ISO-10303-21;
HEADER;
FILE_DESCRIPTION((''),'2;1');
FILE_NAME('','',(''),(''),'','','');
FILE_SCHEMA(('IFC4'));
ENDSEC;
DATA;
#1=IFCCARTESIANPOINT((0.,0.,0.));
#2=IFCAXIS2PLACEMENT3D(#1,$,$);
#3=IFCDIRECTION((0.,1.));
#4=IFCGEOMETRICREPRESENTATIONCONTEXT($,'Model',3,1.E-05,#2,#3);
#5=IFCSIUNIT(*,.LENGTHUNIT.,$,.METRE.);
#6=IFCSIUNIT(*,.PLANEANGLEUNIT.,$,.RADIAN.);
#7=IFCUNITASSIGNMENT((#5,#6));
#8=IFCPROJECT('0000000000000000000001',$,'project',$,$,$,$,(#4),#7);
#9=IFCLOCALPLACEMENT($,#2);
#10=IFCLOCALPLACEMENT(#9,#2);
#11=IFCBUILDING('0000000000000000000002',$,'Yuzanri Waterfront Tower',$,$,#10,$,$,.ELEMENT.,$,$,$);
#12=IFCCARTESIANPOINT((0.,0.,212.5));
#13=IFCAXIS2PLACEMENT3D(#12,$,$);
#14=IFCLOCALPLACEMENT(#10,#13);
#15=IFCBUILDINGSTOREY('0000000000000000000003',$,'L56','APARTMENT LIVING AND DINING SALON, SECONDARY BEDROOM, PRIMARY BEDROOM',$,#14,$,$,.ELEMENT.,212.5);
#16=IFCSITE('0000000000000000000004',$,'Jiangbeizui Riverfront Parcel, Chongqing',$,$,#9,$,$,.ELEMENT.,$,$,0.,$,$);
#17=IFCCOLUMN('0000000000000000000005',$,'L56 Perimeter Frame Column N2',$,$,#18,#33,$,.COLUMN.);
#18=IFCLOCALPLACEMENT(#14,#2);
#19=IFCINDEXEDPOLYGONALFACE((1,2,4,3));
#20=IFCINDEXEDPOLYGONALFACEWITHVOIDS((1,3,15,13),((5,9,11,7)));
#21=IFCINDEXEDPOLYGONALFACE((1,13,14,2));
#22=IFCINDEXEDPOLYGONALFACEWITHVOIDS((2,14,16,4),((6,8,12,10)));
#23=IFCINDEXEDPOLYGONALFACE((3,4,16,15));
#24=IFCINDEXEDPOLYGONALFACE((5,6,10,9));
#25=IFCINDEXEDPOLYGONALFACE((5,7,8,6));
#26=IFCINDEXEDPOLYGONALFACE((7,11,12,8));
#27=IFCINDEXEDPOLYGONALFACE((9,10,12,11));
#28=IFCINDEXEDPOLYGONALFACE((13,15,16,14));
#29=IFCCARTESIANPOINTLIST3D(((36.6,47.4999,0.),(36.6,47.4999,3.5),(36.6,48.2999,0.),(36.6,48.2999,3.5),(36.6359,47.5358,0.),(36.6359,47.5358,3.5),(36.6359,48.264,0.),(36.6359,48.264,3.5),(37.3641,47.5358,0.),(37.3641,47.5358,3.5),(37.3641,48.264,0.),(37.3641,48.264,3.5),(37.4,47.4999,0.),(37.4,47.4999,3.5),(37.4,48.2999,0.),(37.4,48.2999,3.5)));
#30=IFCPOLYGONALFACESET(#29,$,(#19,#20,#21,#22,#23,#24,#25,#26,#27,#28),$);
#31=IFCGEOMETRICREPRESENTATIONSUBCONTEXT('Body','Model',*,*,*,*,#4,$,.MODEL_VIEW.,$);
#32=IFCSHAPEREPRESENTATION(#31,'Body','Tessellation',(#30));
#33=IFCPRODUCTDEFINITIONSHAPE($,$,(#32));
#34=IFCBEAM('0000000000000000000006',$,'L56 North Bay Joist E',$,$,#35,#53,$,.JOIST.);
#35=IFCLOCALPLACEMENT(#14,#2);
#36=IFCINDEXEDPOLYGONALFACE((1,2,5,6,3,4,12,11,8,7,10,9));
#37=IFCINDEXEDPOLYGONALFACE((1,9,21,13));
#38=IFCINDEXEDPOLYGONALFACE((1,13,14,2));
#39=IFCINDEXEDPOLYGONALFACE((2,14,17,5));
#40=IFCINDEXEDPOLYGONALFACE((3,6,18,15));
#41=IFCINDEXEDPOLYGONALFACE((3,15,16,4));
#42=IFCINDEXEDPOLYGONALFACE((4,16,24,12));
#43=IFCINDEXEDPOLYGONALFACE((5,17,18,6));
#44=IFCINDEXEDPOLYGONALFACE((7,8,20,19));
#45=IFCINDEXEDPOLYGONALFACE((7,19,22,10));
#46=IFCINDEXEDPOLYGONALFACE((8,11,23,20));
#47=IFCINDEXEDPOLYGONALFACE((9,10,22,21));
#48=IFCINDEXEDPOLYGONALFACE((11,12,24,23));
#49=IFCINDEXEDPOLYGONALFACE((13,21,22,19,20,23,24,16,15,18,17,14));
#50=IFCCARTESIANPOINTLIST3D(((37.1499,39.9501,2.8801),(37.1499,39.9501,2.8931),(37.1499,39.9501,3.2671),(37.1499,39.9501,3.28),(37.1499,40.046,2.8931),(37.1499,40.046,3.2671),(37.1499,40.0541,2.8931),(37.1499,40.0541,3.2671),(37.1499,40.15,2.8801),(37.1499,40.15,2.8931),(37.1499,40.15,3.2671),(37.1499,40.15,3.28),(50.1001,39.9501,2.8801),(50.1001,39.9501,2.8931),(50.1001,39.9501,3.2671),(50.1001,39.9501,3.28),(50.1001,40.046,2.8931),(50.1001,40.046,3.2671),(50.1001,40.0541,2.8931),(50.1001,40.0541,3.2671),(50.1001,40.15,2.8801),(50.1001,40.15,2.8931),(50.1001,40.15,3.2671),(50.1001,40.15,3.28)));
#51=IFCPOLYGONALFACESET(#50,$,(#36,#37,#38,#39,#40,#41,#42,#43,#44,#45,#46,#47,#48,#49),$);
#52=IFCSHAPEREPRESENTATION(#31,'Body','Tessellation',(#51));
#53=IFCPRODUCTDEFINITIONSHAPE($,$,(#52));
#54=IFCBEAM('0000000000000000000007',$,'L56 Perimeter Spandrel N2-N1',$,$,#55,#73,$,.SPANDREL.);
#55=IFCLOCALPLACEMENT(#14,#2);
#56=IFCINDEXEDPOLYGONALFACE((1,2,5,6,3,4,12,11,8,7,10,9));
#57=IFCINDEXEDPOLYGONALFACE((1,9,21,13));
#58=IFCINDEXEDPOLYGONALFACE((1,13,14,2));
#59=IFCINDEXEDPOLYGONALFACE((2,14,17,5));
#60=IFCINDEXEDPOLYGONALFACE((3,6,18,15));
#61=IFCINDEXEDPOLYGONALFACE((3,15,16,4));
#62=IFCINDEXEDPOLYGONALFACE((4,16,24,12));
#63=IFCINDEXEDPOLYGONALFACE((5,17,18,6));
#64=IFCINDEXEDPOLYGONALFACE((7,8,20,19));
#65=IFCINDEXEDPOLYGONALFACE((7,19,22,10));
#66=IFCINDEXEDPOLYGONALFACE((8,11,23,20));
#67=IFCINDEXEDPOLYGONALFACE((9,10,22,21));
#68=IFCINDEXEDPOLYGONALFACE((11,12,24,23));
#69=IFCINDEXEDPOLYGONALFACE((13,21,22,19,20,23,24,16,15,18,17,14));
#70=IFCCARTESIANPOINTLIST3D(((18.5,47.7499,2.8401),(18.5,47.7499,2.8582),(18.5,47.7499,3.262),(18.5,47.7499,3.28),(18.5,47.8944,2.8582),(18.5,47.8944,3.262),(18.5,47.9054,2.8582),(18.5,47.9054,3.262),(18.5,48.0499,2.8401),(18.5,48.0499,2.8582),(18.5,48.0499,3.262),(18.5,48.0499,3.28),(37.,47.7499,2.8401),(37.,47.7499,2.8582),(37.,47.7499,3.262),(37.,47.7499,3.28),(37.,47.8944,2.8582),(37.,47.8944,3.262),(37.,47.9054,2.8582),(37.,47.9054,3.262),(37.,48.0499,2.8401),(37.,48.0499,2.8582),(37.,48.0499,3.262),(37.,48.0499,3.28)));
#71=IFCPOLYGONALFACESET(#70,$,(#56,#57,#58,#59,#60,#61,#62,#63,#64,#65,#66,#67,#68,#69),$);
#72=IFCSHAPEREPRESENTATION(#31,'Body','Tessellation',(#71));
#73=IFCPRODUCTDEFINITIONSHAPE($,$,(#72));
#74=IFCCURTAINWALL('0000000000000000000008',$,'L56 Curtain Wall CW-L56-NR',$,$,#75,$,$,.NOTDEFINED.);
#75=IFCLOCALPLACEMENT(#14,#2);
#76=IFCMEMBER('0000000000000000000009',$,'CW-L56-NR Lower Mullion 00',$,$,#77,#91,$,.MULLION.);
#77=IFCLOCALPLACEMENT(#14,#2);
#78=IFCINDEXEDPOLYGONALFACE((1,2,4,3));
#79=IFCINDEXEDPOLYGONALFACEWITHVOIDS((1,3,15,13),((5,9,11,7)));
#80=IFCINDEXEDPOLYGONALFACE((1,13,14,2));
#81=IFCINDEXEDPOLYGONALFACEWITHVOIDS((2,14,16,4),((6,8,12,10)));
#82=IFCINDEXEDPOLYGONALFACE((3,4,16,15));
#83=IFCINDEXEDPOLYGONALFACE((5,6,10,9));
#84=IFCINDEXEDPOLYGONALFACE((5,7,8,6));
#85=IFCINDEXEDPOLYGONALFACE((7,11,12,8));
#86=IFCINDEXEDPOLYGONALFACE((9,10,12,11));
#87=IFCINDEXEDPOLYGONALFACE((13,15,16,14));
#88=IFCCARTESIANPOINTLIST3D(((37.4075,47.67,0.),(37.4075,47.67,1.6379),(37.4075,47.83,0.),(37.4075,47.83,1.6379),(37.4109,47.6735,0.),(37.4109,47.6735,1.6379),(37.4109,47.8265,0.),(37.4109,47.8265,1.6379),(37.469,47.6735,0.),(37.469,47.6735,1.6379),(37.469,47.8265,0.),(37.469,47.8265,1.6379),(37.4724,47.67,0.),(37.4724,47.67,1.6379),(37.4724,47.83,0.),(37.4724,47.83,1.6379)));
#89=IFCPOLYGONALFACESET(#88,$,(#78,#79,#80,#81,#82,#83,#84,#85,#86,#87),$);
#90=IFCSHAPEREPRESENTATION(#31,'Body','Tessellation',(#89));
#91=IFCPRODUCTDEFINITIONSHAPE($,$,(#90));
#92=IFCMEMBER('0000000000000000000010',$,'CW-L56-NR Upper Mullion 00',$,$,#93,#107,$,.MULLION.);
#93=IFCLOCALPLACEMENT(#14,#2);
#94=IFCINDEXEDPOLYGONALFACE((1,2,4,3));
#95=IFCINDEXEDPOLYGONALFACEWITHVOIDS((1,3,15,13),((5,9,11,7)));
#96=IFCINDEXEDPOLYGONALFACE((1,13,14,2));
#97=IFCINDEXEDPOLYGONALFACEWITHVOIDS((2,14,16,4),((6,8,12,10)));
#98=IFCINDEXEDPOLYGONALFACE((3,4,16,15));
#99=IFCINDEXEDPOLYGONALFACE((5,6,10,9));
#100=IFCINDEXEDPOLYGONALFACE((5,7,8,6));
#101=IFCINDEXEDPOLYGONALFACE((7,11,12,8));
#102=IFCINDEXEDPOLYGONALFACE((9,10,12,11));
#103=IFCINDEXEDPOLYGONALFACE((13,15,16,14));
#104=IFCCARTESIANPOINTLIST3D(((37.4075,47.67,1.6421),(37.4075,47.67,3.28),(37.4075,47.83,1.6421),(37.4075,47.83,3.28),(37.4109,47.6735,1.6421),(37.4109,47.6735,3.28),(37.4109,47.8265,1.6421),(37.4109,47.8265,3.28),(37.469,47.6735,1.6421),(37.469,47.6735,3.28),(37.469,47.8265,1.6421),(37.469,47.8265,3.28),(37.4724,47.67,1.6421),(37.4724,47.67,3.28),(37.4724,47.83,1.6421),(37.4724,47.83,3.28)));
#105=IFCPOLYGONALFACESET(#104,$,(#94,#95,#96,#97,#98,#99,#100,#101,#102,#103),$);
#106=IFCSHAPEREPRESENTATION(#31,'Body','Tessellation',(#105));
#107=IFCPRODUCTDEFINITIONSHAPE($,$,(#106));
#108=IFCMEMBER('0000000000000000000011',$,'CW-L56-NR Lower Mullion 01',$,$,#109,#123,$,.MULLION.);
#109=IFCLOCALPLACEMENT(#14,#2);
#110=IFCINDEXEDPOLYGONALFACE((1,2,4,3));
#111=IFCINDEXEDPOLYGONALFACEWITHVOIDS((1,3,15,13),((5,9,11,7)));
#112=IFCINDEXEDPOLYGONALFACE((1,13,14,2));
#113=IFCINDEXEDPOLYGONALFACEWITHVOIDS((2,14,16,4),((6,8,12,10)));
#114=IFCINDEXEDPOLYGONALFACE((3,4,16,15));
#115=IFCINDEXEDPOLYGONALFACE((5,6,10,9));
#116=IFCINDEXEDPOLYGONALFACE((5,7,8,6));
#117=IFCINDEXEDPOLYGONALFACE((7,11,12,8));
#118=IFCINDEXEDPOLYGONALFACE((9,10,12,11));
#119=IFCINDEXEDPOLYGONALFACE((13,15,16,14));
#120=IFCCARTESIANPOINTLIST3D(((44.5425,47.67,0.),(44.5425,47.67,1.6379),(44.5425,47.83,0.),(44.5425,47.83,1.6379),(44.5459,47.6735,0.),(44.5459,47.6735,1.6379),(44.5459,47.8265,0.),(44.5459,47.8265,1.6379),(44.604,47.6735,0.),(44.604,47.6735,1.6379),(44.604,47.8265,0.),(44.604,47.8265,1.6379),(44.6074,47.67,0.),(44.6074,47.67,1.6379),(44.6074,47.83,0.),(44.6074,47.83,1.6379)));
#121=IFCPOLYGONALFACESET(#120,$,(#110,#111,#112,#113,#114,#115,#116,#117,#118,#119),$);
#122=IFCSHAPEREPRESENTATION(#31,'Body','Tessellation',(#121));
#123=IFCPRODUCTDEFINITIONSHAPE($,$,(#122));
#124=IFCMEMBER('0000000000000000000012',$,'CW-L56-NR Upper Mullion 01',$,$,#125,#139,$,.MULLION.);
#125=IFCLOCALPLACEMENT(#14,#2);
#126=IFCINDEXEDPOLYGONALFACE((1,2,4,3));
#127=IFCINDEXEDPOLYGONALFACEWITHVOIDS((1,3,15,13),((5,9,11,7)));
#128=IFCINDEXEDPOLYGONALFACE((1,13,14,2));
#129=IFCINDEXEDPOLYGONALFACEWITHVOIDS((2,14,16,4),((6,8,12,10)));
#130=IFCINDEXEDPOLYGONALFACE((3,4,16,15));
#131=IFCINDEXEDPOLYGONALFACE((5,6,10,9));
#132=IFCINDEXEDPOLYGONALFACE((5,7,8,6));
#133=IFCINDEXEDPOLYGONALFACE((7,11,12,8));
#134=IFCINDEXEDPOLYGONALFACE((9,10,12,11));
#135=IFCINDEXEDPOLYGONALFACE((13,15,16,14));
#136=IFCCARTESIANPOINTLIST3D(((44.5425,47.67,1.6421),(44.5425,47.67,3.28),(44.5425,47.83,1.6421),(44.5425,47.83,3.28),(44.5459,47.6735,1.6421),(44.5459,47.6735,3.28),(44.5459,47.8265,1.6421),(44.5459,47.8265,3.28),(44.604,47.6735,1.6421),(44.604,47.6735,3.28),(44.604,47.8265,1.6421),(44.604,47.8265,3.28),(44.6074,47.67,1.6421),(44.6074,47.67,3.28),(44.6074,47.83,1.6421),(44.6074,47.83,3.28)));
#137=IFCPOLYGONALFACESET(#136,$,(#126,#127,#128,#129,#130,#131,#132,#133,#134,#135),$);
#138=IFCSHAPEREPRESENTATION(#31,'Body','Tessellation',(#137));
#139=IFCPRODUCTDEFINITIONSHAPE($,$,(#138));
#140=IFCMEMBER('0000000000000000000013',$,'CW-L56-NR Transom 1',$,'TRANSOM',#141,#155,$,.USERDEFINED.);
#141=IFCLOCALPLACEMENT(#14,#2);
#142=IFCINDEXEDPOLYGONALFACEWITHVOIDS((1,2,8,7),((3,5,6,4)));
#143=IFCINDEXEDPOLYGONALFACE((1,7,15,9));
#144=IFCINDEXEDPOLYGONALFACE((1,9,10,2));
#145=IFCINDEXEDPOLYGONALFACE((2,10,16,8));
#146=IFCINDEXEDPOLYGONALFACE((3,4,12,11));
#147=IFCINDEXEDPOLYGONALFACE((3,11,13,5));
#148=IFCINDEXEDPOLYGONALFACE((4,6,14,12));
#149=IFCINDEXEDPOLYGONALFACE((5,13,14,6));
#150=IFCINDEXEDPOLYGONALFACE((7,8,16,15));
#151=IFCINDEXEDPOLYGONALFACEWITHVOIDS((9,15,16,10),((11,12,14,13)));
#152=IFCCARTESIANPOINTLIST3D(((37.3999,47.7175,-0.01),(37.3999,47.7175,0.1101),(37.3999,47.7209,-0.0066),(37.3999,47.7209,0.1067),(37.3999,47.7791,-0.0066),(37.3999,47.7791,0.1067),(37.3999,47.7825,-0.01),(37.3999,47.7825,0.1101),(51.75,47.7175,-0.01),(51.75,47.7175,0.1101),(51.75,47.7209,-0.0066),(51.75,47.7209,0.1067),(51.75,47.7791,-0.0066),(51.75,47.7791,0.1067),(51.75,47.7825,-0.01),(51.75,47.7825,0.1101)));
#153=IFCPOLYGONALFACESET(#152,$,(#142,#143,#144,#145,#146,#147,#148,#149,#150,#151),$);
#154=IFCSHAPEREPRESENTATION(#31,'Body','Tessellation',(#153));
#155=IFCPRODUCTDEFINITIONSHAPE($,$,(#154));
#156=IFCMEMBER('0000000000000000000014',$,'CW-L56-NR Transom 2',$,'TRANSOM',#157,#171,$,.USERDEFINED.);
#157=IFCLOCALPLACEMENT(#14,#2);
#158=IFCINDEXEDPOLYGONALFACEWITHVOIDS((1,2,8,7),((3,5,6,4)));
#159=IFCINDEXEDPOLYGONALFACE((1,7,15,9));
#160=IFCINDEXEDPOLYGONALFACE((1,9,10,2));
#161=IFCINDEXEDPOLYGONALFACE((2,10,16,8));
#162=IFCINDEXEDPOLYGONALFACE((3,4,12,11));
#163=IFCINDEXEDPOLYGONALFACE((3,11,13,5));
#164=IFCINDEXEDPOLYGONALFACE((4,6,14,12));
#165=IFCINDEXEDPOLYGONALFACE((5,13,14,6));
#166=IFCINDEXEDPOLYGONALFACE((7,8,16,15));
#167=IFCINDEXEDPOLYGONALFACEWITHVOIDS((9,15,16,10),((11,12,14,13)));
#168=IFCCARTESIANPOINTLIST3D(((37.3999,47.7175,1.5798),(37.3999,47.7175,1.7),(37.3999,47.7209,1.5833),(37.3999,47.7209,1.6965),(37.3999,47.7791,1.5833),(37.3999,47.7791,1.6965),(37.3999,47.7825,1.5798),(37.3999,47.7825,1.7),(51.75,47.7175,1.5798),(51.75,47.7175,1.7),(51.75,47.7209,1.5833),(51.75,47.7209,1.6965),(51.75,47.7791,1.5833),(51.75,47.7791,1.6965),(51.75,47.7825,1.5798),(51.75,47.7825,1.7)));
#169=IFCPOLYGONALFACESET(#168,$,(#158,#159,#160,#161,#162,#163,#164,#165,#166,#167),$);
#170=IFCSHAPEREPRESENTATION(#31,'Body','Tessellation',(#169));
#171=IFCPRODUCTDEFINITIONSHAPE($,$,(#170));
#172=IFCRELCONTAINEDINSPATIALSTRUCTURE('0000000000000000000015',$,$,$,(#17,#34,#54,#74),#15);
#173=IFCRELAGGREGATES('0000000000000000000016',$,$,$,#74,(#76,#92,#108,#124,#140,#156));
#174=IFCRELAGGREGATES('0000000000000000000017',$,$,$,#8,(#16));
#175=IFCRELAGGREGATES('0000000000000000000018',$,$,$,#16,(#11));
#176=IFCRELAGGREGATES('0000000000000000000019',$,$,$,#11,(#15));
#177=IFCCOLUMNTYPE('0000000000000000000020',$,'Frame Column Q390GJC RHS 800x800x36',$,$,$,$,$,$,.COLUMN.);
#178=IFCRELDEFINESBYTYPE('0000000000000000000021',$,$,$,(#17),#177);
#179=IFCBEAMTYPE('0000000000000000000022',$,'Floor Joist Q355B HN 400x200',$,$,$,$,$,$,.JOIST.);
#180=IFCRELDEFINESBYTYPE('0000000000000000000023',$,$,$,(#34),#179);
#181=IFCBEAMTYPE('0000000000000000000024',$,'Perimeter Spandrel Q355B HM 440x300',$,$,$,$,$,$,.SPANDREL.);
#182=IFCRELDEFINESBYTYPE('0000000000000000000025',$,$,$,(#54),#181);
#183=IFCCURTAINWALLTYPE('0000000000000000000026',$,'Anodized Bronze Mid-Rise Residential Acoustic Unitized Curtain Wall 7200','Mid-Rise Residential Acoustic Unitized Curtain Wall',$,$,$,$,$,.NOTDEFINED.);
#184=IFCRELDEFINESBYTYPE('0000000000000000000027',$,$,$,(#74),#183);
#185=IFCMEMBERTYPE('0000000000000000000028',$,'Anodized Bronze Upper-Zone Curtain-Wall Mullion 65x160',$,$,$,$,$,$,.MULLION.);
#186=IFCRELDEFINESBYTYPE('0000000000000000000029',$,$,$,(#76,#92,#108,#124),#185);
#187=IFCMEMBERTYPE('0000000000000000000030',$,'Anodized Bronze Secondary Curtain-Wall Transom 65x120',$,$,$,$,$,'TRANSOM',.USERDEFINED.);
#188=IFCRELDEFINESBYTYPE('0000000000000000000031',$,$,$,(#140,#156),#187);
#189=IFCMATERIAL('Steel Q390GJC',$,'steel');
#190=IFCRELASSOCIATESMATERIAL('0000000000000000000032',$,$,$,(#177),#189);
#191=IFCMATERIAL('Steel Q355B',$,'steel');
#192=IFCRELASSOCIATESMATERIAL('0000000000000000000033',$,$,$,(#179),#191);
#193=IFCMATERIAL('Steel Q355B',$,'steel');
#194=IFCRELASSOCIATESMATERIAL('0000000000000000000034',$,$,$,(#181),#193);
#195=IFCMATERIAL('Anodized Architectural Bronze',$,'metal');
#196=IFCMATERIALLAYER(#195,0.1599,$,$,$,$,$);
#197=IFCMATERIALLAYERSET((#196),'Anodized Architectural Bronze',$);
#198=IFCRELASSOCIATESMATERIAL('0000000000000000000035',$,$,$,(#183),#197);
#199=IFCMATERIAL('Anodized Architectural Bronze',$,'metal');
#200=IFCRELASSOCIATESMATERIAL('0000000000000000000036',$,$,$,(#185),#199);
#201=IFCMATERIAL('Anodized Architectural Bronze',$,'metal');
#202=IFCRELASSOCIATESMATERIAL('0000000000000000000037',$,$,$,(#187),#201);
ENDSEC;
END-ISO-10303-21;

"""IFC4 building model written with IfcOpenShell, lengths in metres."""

from ifc_helpers import new_model, si_unit, direction, frame, origin, origin_2d, place, context, subcontext, project, spatial, hollow_rectangle, i_section, extrude, source, transform, mapped, material, layer, layer_set, material_profile, profile_set, type_object, element, aggregate, save


model = new_model("IFC4")

# Units and contexts
model_context = context("Model", 3, precision=1e-05, world=origin(), true_north=direction((0.0, 1.0)))
body_context = subcontext(model_context, "Body", "Model", "MODEL_VIEW")
ifc_project = project(units=[si_unit("LENGTHUNIT", "METRE"), si_unit("PLANEANGLEUNIT", "RADIAN")], contexts=[model_context])

# Site, building, storey
site_placement = place(None, origin())
site = spatial("IfcSite", under=ifc_project, at=site_placement, Name="Jiangbeizui Riverfront Parcel, Chongqing", CompositionType="ELEMENT", RefElevation=0.0)
building_placement = place(site_placement, origin())
building = spatial("IfcBuilding", under=site, at=building_placement, Name="Yuzanri Waterfront Tower", CompositionType="ELEMENT")
storey_placement = place(building_placement, frame((0.0, 0.0, 212.5)))
storey = spatial("IfcBuildingStorey", under=building, at=storey_placement, Name="L56", Description="APARTMENT LIVING AND DINING SALON, SECONDARY BEDROOM, PRIMARY BEDROOM", CompositionType="ELEMENT", Elevation=212.5)

# Column
ifc_material_1 = material(Name="Steel Q390GJC", Category="steel")
ifc_material_profile_1 = material_profile(ifc_material_1, hollow_rectangle(XDim=0.8, YDim=0.8, WallThickness=0.0359, at=origin_2d()), Name="RHS 800x800x36")
ifc_profile_set_1 = profile_set([ifc_material_profile_1], Name="Steel Q390GJC")
column_type = type_object("IfcColumnType", Name="Frame Column Q390GJC RHS 800x800x36", PredefinedType="COLUMN", material=ifc_profile_set_1)
shared_shape_1 = source(origin(), body_context, "Body", "SweptSolid", [
    extrude(hollow_rectangle(XDim=0.8, YDim=0.8, WallThickness=0.0359, at=origin_2d()), origin(), (0.0, 0.0, 1.0), 3.5),
])
column_placement = place(storey_placement, frame((37.0, 47.8999, 0.0), z_axis=(0.0, 0.0, 1.0), x_axis=(1.0, 0.0, 0.0)))
element("IfcColumn", 1, at=column_placement, inside=storey, type_object=column_type, Name="L56 Perimeter Frame Column N2", PredefinedType="COLUMN", context=body_context, shape_type="MappedRepresentation", body=[
    mapped(shared_shape_1, transform((0.0, 0.0, 0.0), scale=1.0)),
])

# Beams
ifc_material_2 = material(Name="Steel Q355B", Category="steel")
ifc_material_profile_2 = material_profile(ifc_material_2, i_section(OverallWidth=0.2, OverallDepth=0.3999, WebThickness=0.0081, FlangeThickness=0.0129, at=origin_2d()), Name="HN 400x200x8x13")
ifc_profile_set_2 = profile_set([ifc_material_profile_2], Name="Steel Q355B")
beam_type_1 = type_object("IfcBeamType", Name="Floor Joist Q355B HN 400x200", PredefinedType="JOIST", material=ifc_profile_set_2)
shared_shape_2 = source(origin(), body_context, "Body", "SweptSolid", [
    extrude(i_section(OverallWidth=0.2, OverallDepth=0.3999, WebThickness=0.0081, FlangeThickness=0.0129, at=origin_2d()), origin(), (0.0, 0.0, 1.0), 12.9502),
])
beam_1_placement = place(storey_placement, frame((37.1499, 40.05, 3.0801), z_axis=(1.0, 0.0, 0.0), x_axis=(0.0, 1.0, 0.0)))
element("IfcBeam", 2, at=beam_1_placement, inside=storey, type_object=beam_type_1, Name="L56 North Bay Joist E", PredefinedType="JOIST", context=body_context, shape_type="MappedRepresentation", body=[
    mapped(shared_shape_2, transform((0.0, 0.0, 0.0), scale=1.0)),
])
ifc_material_3 = material(Name="Steel Q355B", Category="steel")
ifc_material_profile_3 = material_profile(ifc_material_3, i_section(OverallWidth=0.3, OverallDepth=0.4399, WebThickness=0.011, FlangeThickness=0.0181, at=origin_2d()), Name="HM 440x300x11x18")
ifc_profile_set_3 = profile_set([ifc_material_profile_3], Name="Steel Q355B")
beam_type_2 = type_object("IfcBeamType", Name="Perimeter Spandrel Q355B HM 440x300", PredefinedType="SPANDREL", material=ifc_profile_set_3)
shared_shape_3 = source(origin(), body_context, "Body", "SweptSolid", [
    extrude(i_section(OverallWidth=0.3, OverallDepth=0.4399, WebThickness=0.011, FlangeThickness=0.0181, at=origin_2d()), origin(), (0.0, 0.0, 1.0), 18.5),
])
beam_2_placement = place(storey_placement, frame((37.0, 47.8999, 3.0601), z_axis=(-1.0, 0.0, 0.0), x_axis=(0.0, -1.0, 0.0)))
element("IfcBeam", 3, at=beam_2_placement, inside=storey, type_object=beam_type_2, Name="L56 Perimeter Spandrel N2-N1", PredefinedType="SPANDREL", context=body_context, shape_type="MappedRepresentation", body=[
    mapped(shared_shape_3, transform((0.0, 0.0, 0.0), scale=1.0)),
])

# Curtain wall, members
ifc_material_4 = material(Name="Anodized Architectural Bronze", Category="metal")
ifc_layer_1 = layer(ifc_material_4, 0.1599)
ifc_layer_set_1 = layer_set([ifc_layer_1], Name="Anodized Architectural Bronze")
curtain_wall_type = type_object("IfcCurtainWallType", Name="Anodized Bronze Mid-Rise Residential Acoustic Unitized Curtain Wall 7200", Description="Mid-Rise Residential Acoustic Unitized Curtain Wall", PredefinedType="NOTDEFINED", material=ifc_layer_set_1)
curtain_wall_placement = place(storey_placement, origin())
curtain_wall = element("IfcCurtainWall", 4, at=curtain_wall_placement, inside=storey, type_object=curtain_wall_type, Name="L56 Curtain Wall CW-L56-NR", PredefinedType="NOTDEFINED")
ifc_material_5 = material(Name="Anodized Architectural Bronze", Category="metal")
ifc_material_profile_4 = material_profile(ifc_material_5, hollow_rectangle(XDim=0.0649, YDim=0.1599, WallThickness=0.0034, at=origin_2d()), Name="CWM 65x160")
ifc_profile_set_4 = profile_set([ifc_material_profile_4], Name="Anodized Architectural Bronze")
member_type_1 = type_object("IfcMemberType", Name="Anodized Bronze Upper-Zone Curtain-Wall Mullion 65x160", PredefinedType="MULLION", material=ifc_profile_set_4)
shared_shape_4 = source(origin(), body_context, "Body", "SweptSolid", [
    extrude(hollow_rectangle(XDim=0.0649, YDim=0.1599, WallThickness=0.0034, at=origin_2d()), origin(), (0.0, 0.0, 1.0), 1.6379),
])
member_1_placement = place(storey_placement, frame((37.4399, 47.75, 0.0), z_axis=(0.0, 0.0, 1.0), x_axis=(1.0, 0.0, 0.0)))
member_1 = element("IfcMember", 5, at=member_1_placement, type_object=member_type_1, Name="CW-L56-NR Lower Mullion 00", PredefinedType="MULLION", context=body_context, shape_type="MappedRepresentation", body=[
    mapped(shared_shape_4, transform((0.0, 0.0, 0.0), scale=1.0)),
])
member_2_placement = place(storey_placement, frame((37.4399, 47.75, 1.6421), z_axis=(0.0, 0.0, 1.0), x_axis=(1.0, 0.0, 0.0)))
member_2 = element("IfcMember", 6, at=member_2_placement, type_object=member_type_1, Name="CW-L56-NR Upper Mullion 00", PredefinedType="MULLION", context=body_context, shape_type="MappedRepresentation", body=[
    mapped(shared_shape_4, transform((0.0, 0.0, 0.0), scale=1.0)),
])
member_3_placement = place(storey_placement, frame((44.575, 47.75, 0.0), z_axis=(0.0, 0.0, 1.0), x_axis=(1.0, 0.0, 0.0)))
member_3 = element("IfcMember", 7, at=member_3_placement, type_object=member_type_1, Name="CW-L56-NR Lower Mullion 01", PredefinedType="MULLION", context=body_context, shape_type="MappedRepresentation", body=[
    mapped(shared_shape_4, transform((0.0, 0.0, 0.0), scale=1.0)),
])
member_4_placement = place(storey_placement, frame((44.575, 47.75, 1.6421), z_axis=(0.0, 0.0, 1.0), x_axis=(1.0, 0.0, 0.0)))
member_4 = element("IfcMember", 8, at=member_4_placement, type_object=member_type_1, Name="CW-L56-NR Upper Mullion 01", PredefinedType="MULLION", context=body_context, shape_type="MappedRepresentation", body=[
    mapped(shared_shape_4, transform((0.0, 0.0, 0.0), scale=1.0)),
])
ifc_material_6 = material(Name="Anodized Architectural Bronze", Category="metal")
ifc_material_profile_5 = material_profile(ifc_material_6, hollow_rectangle(XDim=0.0649, YDim=0.1201, WallThickness=0.0034, at=origin_2d()), Name="CWT 65x120")
ifc_profile_set_5 = profile_set([ifc_material_profile_5], Name="Anodized Architectural Bronze")
member_type_2 = type_object("IfcMemberType", Name="Anodized Bronze Secondary Curtain-Wall Transom 65x120", ElementType="TRANSOM", PredefinedType="USERDEFINED", material=ifc_profile_set_5)
shared_shape_5 = source(origin(), body_context, "Body", "SweptSolid", [
    extrude(hollow_rectangle(XDim=0.0649, YDim=0.1201, WallThickness=0.0034, at=origin_2d()), origin(), (0.0, 0.0, 1.0), 14.3501),
])
member_5_placement = place(storey_placement, frame((37.3999, 47.75, 0.05), z_axis=(1.0, 0.0, 0.0), x_axis=(0.0, 1.0, 0.0)))
member_5 = element("IfcMember", 9, at=member_5_placement, type_object=member_type_2, Name="CW-L56-NR Transom 1", ObjectType="TRANSOM", PredefinedType="USERDEFINED", context=body_context, shape_type="MappedRepresentation", body=[
    mapped(shared_shape_5, transform((0.0, 0.0, 0.0), scale=1.0)),
])
member_6_placement = place(storey_placement, frame((37.3999, 47.75, 1.6399), z_axis=(1.0, 0.0, 0.0), x_axis=(0.0, 1.0, 0.0)))
member_6 = element("IfcMember", 10, at=member_6_placement, type_object=member_type_2, Name="CW-L56-NR Transom 2", ObjectType="TRANSOM", PredefinedType="USERDEFINED", context=body_context, shape_type="MappedRepresentation", body=[
    mapped(shared_shape_5, transform((0.0, 0.0, 0.0), scale=1.0)),
])
aggregate(curtain_wall, [member_1, member_2, member_3, member_4, member_5, member_6])

save(model, "model.ifc")
